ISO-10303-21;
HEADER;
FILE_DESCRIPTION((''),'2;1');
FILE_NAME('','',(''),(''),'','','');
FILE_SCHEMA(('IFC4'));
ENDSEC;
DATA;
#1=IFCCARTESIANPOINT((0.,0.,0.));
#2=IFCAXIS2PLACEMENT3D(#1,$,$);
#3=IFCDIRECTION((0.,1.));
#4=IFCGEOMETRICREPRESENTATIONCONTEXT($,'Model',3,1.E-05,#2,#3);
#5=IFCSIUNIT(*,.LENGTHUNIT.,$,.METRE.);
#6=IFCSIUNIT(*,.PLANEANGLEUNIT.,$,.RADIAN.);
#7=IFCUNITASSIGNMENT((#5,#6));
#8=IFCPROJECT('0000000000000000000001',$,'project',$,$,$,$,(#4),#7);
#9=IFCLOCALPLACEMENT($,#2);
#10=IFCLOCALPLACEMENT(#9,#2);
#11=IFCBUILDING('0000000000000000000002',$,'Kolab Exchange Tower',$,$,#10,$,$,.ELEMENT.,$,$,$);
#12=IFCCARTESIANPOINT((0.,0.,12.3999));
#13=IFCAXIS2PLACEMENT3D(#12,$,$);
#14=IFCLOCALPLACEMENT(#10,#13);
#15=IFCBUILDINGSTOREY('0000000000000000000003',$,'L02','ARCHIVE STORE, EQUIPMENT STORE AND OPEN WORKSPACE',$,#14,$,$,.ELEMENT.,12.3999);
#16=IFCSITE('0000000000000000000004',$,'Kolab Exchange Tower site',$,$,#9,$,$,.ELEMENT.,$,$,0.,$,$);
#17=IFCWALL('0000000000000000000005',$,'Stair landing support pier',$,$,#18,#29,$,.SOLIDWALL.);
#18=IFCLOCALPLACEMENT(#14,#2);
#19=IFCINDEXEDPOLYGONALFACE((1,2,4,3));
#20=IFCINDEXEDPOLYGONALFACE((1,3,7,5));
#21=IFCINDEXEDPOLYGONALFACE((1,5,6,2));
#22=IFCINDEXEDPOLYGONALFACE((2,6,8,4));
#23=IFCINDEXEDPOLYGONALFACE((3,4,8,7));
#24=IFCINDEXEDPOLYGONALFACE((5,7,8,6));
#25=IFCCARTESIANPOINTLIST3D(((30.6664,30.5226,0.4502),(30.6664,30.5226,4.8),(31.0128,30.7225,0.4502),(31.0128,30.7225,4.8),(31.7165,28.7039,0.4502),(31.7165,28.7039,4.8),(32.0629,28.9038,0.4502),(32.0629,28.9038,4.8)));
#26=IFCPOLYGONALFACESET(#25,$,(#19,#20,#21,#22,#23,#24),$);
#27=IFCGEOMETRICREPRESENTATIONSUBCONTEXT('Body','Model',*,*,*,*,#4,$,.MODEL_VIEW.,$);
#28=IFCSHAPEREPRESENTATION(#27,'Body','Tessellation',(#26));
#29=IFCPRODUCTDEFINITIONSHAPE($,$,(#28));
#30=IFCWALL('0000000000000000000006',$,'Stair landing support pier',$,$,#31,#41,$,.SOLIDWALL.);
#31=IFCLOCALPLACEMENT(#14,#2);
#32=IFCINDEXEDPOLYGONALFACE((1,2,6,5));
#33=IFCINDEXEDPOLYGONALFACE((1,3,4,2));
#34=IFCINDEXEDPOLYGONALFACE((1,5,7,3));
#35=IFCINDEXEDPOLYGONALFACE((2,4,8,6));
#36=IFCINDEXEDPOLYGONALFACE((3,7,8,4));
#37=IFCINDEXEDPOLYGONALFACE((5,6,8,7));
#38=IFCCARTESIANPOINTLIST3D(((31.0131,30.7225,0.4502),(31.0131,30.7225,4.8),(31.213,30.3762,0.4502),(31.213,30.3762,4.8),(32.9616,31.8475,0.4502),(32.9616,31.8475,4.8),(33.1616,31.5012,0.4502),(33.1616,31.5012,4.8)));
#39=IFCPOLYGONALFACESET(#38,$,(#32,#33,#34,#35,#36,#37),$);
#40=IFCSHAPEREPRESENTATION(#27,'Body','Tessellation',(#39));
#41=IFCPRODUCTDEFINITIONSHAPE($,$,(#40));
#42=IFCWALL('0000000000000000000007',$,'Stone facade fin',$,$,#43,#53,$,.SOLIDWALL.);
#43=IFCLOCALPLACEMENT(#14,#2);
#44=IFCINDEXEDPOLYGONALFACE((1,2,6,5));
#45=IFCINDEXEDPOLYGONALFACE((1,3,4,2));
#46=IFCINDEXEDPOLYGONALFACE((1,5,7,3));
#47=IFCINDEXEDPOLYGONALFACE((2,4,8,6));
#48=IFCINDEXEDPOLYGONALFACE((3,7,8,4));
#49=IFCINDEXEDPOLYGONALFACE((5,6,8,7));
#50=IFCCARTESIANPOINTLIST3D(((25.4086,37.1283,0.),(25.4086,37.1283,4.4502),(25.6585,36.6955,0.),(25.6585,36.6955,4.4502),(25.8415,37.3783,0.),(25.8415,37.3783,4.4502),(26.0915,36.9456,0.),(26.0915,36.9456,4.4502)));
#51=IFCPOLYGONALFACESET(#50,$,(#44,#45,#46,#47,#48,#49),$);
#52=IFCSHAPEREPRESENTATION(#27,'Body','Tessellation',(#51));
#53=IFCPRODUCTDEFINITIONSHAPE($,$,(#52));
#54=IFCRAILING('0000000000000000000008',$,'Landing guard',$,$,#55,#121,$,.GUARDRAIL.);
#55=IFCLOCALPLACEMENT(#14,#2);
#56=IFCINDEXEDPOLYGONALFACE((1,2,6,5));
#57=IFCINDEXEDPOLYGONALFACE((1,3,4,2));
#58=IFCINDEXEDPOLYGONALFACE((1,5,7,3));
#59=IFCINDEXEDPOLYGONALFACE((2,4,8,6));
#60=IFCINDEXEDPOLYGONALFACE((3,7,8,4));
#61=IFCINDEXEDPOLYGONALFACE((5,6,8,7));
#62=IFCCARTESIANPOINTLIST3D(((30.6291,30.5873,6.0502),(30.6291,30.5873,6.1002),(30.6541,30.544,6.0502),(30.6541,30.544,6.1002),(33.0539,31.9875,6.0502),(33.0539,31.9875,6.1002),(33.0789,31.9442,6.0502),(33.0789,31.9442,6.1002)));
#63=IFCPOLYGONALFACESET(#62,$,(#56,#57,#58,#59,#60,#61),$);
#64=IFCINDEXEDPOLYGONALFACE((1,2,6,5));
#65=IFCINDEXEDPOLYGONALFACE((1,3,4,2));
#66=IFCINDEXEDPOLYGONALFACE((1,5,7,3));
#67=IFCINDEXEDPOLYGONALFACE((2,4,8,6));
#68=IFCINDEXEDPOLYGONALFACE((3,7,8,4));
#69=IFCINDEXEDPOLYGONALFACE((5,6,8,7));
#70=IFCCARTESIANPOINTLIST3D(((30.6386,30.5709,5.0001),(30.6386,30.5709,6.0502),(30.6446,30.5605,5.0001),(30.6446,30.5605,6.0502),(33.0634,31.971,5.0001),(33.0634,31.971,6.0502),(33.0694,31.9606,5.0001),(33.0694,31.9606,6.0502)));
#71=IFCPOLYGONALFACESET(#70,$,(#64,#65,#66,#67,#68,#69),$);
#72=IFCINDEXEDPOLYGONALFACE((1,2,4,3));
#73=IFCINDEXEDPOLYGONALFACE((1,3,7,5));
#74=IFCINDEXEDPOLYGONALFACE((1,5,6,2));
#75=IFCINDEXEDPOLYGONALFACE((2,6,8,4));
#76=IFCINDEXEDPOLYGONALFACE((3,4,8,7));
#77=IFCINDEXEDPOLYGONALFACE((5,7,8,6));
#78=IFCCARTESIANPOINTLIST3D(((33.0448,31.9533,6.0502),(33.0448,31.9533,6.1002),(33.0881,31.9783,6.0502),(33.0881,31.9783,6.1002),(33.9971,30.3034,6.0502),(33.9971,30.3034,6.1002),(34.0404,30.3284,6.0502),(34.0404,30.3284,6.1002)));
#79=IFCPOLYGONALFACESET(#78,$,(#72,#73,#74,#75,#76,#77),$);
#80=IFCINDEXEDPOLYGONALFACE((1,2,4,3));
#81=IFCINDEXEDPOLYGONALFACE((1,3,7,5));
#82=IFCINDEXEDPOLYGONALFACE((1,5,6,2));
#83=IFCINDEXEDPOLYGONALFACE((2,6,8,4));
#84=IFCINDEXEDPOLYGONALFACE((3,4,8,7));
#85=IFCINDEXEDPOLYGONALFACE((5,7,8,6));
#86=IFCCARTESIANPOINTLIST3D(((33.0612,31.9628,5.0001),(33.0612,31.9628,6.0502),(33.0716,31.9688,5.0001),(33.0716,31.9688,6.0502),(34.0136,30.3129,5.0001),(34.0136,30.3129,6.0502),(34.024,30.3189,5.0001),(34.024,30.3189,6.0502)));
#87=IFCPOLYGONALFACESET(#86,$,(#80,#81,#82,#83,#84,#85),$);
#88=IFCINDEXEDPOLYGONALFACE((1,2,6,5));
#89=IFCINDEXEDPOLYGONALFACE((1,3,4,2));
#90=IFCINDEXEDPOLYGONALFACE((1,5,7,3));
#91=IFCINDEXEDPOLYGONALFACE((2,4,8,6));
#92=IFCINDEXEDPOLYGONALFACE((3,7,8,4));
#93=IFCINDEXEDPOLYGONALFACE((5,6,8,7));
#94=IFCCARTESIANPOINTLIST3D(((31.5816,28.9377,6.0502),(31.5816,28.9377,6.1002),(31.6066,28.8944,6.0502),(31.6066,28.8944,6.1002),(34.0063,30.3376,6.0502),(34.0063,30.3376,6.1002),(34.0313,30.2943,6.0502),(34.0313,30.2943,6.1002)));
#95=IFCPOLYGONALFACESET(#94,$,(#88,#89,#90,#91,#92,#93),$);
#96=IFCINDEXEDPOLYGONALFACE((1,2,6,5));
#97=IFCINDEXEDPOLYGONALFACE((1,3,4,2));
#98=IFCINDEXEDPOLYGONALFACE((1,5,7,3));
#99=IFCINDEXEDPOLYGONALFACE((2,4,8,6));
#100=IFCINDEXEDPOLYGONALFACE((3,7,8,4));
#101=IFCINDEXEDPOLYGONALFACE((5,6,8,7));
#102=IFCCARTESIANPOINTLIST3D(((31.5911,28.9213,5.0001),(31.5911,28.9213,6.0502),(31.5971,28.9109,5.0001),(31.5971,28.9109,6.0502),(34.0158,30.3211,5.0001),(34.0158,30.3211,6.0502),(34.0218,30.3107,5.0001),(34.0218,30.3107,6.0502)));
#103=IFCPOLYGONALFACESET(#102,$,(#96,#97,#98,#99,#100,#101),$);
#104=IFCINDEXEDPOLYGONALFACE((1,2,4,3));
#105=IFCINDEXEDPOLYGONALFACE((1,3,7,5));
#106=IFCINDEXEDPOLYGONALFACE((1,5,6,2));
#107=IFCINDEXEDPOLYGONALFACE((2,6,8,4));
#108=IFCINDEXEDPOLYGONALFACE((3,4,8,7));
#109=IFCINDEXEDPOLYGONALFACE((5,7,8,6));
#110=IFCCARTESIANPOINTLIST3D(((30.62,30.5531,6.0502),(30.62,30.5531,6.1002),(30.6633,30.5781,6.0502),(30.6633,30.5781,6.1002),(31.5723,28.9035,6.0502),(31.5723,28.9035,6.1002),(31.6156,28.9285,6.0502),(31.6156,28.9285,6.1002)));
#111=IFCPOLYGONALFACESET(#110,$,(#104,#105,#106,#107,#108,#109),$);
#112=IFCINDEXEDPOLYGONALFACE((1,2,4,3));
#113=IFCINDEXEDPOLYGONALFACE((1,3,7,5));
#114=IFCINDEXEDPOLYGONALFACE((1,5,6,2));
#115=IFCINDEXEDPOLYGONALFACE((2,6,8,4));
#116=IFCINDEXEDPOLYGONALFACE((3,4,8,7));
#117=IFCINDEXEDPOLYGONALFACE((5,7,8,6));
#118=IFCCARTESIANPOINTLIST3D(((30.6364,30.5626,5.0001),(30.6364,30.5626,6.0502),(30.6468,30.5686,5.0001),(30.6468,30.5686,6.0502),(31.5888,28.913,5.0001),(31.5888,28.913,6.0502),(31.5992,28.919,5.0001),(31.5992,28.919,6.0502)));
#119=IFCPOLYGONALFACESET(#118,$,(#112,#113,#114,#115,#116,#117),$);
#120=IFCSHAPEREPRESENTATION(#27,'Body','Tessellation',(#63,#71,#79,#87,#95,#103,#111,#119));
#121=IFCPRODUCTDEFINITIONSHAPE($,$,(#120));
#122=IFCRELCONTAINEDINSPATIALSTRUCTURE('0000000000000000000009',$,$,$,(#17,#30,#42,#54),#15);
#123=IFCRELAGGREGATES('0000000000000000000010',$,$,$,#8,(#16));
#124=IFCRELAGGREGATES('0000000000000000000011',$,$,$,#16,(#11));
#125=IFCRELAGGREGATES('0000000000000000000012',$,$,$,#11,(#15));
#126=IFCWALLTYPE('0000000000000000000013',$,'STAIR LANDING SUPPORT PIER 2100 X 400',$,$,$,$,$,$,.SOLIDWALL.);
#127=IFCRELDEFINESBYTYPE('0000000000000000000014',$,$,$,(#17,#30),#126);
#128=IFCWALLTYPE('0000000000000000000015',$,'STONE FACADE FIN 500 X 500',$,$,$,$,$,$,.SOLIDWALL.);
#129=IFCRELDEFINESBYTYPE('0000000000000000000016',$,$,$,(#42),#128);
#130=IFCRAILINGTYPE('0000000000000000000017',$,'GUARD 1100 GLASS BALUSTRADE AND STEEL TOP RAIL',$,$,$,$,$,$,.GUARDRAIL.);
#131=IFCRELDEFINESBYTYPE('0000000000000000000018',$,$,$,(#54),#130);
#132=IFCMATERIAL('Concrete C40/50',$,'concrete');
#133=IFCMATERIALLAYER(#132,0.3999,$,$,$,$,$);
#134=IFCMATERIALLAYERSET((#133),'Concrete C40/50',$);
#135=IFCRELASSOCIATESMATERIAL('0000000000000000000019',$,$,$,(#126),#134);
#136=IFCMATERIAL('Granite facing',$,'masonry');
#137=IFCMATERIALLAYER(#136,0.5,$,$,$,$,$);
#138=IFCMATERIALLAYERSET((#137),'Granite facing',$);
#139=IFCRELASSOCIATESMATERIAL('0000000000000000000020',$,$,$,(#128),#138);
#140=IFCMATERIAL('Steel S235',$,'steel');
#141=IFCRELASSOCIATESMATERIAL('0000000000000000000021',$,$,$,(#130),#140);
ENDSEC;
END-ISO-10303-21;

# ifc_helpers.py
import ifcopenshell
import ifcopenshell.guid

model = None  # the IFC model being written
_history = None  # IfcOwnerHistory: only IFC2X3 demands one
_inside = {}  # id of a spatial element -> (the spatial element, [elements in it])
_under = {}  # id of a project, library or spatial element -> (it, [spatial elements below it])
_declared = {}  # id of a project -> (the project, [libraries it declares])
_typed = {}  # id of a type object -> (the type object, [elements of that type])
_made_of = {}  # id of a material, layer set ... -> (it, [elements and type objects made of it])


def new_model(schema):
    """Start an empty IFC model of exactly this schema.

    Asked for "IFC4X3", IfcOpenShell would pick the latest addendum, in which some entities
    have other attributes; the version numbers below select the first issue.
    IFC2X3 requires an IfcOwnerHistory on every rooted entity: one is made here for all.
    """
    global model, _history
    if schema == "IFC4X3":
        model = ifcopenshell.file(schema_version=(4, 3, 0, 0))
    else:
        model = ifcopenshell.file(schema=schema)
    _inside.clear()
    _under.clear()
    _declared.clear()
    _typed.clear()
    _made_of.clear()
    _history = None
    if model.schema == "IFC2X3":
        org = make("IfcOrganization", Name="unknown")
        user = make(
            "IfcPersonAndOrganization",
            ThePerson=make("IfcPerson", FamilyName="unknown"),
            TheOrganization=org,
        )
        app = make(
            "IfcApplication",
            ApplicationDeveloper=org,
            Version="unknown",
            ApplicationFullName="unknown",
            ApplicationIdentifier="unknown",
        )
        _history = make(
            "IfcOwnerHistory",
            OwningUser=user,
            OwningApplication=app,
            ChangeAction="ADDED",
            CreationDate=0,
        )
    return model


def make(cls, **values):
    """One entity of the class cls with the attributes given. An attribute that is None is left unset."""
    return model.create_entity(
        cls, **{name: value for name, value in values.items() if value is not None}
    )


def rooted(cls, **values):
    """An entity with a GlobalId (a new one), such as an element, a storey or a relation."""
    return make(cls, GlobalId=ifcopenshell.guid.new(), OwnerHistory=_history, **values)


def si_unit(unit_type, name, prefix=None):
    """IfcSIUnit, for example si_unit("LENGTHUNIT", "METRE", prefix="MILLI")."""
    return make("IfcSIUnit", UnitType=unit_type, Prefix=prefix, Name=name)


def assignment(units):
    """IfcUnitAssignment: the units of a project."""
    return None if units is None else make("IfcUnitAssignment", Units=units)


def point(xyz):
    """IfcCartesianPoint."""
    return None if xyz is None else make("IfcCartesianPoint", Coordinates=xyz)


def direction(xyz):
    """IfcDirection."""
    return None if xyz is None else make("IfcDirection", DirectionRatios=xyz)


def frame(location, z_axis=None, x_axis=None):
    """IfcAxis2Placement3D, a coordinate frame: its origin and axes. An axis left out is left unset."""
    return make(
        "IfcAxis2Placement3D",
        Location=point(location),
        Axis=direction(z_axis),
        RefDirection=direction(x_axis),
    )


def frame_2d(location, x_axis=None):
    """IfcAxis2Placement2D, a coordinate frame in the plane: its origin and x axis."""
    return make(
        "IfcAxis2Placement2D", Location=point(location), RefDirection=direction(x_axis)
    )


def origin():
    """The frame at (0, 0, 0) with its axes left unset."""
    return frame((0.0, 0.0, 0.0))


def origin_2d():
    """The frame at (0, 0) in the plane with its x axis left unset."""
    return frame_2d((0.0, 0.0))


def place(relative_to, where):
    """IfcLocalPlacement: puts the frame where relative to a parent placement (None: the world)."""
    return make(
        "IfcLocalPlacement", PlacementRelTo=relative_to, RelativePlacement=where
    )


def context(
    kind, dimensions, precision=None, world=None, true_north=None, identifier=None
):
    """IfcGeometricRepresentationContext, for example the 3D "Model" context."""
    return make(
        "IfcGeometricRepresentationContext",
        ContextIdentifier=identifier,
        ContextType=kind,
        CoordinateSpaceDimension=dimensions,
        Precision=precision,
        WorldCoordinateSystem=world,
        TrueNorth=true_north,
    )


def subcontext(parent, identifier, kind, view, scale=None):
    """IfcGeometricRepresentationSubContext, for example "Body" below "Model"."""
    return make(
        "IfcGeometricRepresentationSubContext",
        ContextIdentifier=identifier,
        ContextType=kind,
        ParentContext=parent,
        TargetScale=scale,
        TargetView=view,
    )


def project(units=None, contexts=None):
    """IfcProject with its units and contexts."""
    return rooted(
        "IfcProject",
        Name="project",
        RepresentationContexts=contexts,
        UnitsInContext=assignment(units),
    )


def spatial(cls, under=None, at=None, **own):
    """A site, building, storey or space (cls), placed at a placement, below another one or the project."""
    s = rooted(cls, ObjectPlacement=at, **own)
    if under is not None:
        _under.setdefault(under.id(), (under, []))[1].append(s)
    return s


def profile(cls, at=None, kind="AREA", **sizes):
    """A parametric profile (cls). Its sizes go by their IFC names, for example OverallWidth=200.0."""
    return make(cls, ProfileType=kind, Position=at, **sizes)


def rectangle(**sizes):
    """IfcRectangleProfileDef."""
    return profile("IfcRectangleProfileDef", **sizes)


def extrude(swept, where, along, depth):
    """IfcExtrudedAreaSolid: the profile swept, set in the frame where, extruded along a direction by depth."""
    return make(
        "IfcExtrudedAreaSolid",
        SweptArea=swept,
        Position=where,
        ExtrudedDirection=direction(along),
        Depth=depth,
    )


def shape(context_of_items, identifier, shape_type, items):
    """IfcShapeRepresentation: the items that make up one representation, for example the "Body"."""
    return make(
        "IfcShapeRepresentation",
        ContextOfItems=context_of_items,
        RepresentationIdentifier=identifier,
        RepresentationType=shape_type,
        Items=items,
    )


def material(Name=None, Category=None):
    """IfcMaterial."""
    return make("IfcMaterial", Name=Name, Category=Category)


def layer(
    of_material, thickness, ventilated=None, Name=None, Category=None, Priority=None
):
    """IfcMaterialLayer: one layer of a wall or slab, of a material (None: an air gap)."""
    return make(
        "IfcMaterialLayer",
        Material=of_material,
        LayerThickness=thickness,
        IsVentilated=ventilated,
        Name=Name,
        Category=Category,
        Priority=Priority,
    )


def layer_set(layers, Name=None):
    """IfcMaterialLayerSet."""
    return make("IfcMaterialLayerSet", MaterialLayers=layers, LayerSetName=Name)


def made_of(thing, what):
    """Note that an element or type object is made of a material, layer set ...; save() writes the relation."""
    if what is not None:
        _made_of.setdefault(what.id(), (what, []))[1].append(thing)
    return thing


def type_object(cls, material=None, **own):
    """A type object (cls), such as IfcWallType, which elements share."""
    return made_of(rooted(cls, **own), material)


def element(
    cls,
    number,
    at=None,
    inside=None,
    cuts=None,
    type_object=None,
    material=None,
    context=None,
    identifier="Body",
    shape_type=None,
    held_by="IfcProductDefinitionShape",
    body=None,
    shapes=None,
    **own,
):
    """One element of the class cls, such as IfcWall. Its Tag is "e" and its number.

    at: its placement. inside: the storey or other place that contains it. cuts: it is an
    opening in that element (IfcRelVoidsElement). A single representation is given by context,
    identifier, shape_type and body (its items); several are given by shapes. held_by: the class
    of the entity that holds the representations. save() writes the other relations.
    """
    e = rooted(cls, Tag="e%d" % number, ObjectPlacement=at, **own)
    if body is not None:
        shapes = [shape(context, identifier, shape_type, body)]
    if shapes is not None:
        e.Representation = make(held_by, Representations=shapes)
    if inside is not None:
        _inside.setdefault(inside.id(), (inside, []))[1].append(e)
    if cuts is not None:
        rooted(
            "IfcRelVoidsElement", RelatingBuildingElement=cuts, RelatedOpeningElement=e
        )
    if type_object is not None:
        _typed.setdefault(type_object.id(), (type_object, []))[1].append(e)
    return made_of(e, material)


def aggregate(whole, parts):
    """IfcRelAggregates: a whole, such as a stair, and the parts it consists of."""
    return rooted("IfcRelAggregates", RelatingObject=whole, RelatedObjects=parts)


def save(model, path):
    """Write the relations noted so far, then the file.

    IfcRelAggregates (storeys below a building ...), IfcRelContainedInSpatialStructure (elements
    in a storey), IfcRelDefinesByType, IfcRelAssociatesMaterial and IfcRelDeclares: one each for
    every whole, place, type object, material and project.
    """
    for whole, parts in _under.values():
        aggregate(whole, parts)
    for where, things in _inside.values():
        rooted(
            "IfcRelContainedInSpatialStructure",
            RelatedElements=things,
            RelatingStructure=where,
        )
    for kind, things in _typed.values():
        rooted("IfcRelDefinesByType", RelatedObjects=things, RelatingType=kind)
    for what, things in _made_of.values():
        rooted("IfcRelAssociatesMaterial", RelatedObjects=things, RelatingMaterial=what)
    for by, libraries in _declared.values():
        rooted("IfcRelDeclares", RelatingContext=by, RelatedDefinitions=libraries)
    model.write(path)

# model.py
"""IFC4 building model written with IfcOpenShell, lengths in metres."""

from ifc_helpers import new_model, si_unit, direction, frame, frame_2d, origin, origin_2d, place, context, subcontext, project, spatial, rectangle, extrude, material, layer, layer_set, type_object, element, save


model = new_model("IFC4")

# Units and contexts
model_context = context("Model", 3, precision=1e-05, world=origin(), true_north=direction((0.0, 1.0)))
body_context = subcontext(model_context, "Body", "Model", "MODEL_VIEW")
ifc_project = project(units=[si_unit("LENGTHUNIT", "METRE"), si_unit("PLANEANGLEUNIT", "RADIAN")], contexts=[model_context])

# Site, building, storey
site_placement = place(None, origin())
site = spatial("IfcSite", under=ifc_project, at=site_placement, Name="Kolab Exchange Tower site", CompositionType="ELEMENT", RefElevation=0.0)
building_placement = place(site_placement, origin())
building = spatial("IfcBuilding", under=site, at=building_placement, Name="Kolab Exchange Tower", CompositionType="ELEMENT")
storey_placement = place(building_placement, frame((0.0, 0.0, 12.3999)))
storey = spatial("IfcBuildingStorey", under=building, at=storey_placement, Name="L02", Description="ARCHIVE STORE, EQUIPMENT STORE AND OPEN WORKSPACE", CompositionType="ELEMENT", Elevation=12.3999)

# Walls
ifc_material_1 = material(Name="Granite facing", Category="masonry")
ifc_material_2 = material(Name="Concrete C40/50", Category="concrete")
ifc_layer_1 = layer(ifc_material_2, 0.3999)
ifc_layer_set_1 = layer_set([ifc_layer_1], Name="Concrete C40/50")
wall_type_1 = type_object("IfcWallType", Name="STAIR LANDING SUPPORT PIER 2100 X 400", PredefinedType="SOLIDWALL", material=ifc_layer_set_1)
wall_1_placement = place(storey_placement, frame((30.8396, 30.6226, 0.4502), z_axis=(0.0, 0.0, 1.0), x_axis=(0.500028, -0.866009, 0.0)))
element("IfcWall", 1, at=wall_1_placement, inside=storey, type_object=wall_type_1, Name="Stair landing support pier", PredefinedType="SOLIDWALL", context=body_context, shape_type="SweptSolid", body=[
    extrude(rectangle(XDim=2.1001, YDim=0.3999, at=frame_2d((1.05, 0.0))), origin(), (0.0, 0.0, 1.0), 4.3499),
])
wall_2_placement = place(storey_placement, frame((31.113, 30.5493, 0.4502), z_axis=(0.0, 0.0, 1.0), x_axis=(0.866018, 0.500014, 0.0)))
element("IfcWall", 2, at=wall_2_placement, inside=storey, type_object=wall_type_1, Name="Stair landing support pier", PredefinedType="SOLIDWALL", context=body_context, shape_type="SweptSolid", body=[
    extrude(rectangle(XDim=2.25, YDim=0.3999, at=frame_2d((1.125, 0.0))), origin(), (0.0, 0.0, 1.0), 4.3499),
])
ifc_layer_2 = layer(ifc_material_1, 0.5)
ifc_layer_set_2 = layer_set([ifc_layer_2], Name="Granite facing")
wall_type_2 = type_object("IfcWallType", Name="STONE FACADE FIN 500 X 500", PredefinedType="SOLIDWALL", material=ifc_layer_set_2)
wall_3_placement = place(storey_placement, frame((25.625, 37.2534, 0.0), z_axis=(0.0, 0.0, 1.0), x_axis=(0.500131, -0.86595, 0.0)))
element("IfcWall", 3, at=wall_3_placement, inside=storey, type_object=wall_type_2, Name="Stone facade fin", PredefinedType="SOLIDWALL", context=body_context, shape_type="SweptSolid", body=[
    extrude(rectangle(XDim=0.4998, YDim=0.5, at=frame_2d((0.25, 0.0))), origin(), (0.0, 0.0, 1.0), 4.4502),
])

# Railing
ifc_material_3 = material(Name="Steel S235", Category="steel")
railing_type = type_object("IfcRailingType", Name="GUARD 1100 GLASS BALUSTRADE AND STEEL TOP RAIL", PredefinedType="GUARDRAIL", material=ifc_material_3)
railing_placement = place(storey_placement, frame((30.6416, 30.5657, 5.0)))
element("IfcRailing", 4, at=railing_placement, inside=storey, type_object=railing_type, Name="Landing guard", PredefinedType="GUARDRAIL", context=body_context, shape_type="SweptSolid", body=[
    extrude(rectangle(XDim=0.05, YDim=0.05, at=origin_2d()), frame((0.0, 0.0, 1.0752), z_axis=(0.865997, 0.50005, 0.0), x_axis=(-0.50005, 0.865997, 0.0)), (0.0, 0.0, 1.0), 2.8),
    extrude(rectangle(XDim=0.012, YDim=1.0501, at=frame_2d((0.0, 0.5251))), frame((0.0, 0.0, 0.0), z_axis=(0.865997, 0.50005, 0.0), x_axis=(-0.50005, 0.865997, 0.0)), (0.0, 0.0, 1.0), 2.8),
    extrude(rectangle(XDim=0.05, YDim=0.05, at=origin_2d()), frame((2.4248, 1.4001, 1.0752), z_axis=(0.49993, -0.866066, 0.0), x_axis=(0.866066, 0.49993, 0.0)), (0.0, 0.0, 1.0), 1.905),
    extrude(rectangle(XDim=0.012, YDim=1.0501, at=frame_2d((0.0, 0.5251))), frame((2.4248, 1.4001, 0.0), z_axis=(0.49993, -0.866066, 0.0), x_axis=(0.866066, 0.49993, 0.0)), (0.0, 0.0, 1.0), 1.905),
    extrude(rectangle(XDim=0.05, YDim=0.05, at=origin_2d()), frame((3.3772, -0.2498, 1.0752), z_axis=(-0.866035, -0.499984, 0.0), x_axis=(0.499984, -0.866035, 0.0)), (0.0, 0.0, 1.0), 2.7998),
    extrude(rectangle(XDim=0.012, YDim=1.0501, at=frame_2d((0.0, 0.5251))), frame((3.3772, -0.2498, 0.0), z_axis=(-0.866035, -0.499984, 0.0), x_axis=(0.499984, -0.866035, 0.0)), (0.0, 0.0, 1.0), 2.7998),
    extrude(rectangle(XDim=0.05, YDim=0.05, at=origin_2d()), frame((0.9524, -1.6497, 1.0752), z_axis=(-0.499985, 0.866034, 0.0), x_axis=(-0.866034, -0.499985, 0.0)), (0.0, 0.0, 1.0), 1.9048),
    extrude(rectangle(XDim=0.012, YDim=1.0501, at=frame_2d((0.0, 0.5251))), frame((0.9524, -1.6497, 0.0), z_axis=(-0.499985, 0.866034, 0.0), x_axis=(-0.866034, -0.499985, 0.0)), (0.0, 0.0, 1.0), 1.9048),
])

save(model, "model.ifc")
